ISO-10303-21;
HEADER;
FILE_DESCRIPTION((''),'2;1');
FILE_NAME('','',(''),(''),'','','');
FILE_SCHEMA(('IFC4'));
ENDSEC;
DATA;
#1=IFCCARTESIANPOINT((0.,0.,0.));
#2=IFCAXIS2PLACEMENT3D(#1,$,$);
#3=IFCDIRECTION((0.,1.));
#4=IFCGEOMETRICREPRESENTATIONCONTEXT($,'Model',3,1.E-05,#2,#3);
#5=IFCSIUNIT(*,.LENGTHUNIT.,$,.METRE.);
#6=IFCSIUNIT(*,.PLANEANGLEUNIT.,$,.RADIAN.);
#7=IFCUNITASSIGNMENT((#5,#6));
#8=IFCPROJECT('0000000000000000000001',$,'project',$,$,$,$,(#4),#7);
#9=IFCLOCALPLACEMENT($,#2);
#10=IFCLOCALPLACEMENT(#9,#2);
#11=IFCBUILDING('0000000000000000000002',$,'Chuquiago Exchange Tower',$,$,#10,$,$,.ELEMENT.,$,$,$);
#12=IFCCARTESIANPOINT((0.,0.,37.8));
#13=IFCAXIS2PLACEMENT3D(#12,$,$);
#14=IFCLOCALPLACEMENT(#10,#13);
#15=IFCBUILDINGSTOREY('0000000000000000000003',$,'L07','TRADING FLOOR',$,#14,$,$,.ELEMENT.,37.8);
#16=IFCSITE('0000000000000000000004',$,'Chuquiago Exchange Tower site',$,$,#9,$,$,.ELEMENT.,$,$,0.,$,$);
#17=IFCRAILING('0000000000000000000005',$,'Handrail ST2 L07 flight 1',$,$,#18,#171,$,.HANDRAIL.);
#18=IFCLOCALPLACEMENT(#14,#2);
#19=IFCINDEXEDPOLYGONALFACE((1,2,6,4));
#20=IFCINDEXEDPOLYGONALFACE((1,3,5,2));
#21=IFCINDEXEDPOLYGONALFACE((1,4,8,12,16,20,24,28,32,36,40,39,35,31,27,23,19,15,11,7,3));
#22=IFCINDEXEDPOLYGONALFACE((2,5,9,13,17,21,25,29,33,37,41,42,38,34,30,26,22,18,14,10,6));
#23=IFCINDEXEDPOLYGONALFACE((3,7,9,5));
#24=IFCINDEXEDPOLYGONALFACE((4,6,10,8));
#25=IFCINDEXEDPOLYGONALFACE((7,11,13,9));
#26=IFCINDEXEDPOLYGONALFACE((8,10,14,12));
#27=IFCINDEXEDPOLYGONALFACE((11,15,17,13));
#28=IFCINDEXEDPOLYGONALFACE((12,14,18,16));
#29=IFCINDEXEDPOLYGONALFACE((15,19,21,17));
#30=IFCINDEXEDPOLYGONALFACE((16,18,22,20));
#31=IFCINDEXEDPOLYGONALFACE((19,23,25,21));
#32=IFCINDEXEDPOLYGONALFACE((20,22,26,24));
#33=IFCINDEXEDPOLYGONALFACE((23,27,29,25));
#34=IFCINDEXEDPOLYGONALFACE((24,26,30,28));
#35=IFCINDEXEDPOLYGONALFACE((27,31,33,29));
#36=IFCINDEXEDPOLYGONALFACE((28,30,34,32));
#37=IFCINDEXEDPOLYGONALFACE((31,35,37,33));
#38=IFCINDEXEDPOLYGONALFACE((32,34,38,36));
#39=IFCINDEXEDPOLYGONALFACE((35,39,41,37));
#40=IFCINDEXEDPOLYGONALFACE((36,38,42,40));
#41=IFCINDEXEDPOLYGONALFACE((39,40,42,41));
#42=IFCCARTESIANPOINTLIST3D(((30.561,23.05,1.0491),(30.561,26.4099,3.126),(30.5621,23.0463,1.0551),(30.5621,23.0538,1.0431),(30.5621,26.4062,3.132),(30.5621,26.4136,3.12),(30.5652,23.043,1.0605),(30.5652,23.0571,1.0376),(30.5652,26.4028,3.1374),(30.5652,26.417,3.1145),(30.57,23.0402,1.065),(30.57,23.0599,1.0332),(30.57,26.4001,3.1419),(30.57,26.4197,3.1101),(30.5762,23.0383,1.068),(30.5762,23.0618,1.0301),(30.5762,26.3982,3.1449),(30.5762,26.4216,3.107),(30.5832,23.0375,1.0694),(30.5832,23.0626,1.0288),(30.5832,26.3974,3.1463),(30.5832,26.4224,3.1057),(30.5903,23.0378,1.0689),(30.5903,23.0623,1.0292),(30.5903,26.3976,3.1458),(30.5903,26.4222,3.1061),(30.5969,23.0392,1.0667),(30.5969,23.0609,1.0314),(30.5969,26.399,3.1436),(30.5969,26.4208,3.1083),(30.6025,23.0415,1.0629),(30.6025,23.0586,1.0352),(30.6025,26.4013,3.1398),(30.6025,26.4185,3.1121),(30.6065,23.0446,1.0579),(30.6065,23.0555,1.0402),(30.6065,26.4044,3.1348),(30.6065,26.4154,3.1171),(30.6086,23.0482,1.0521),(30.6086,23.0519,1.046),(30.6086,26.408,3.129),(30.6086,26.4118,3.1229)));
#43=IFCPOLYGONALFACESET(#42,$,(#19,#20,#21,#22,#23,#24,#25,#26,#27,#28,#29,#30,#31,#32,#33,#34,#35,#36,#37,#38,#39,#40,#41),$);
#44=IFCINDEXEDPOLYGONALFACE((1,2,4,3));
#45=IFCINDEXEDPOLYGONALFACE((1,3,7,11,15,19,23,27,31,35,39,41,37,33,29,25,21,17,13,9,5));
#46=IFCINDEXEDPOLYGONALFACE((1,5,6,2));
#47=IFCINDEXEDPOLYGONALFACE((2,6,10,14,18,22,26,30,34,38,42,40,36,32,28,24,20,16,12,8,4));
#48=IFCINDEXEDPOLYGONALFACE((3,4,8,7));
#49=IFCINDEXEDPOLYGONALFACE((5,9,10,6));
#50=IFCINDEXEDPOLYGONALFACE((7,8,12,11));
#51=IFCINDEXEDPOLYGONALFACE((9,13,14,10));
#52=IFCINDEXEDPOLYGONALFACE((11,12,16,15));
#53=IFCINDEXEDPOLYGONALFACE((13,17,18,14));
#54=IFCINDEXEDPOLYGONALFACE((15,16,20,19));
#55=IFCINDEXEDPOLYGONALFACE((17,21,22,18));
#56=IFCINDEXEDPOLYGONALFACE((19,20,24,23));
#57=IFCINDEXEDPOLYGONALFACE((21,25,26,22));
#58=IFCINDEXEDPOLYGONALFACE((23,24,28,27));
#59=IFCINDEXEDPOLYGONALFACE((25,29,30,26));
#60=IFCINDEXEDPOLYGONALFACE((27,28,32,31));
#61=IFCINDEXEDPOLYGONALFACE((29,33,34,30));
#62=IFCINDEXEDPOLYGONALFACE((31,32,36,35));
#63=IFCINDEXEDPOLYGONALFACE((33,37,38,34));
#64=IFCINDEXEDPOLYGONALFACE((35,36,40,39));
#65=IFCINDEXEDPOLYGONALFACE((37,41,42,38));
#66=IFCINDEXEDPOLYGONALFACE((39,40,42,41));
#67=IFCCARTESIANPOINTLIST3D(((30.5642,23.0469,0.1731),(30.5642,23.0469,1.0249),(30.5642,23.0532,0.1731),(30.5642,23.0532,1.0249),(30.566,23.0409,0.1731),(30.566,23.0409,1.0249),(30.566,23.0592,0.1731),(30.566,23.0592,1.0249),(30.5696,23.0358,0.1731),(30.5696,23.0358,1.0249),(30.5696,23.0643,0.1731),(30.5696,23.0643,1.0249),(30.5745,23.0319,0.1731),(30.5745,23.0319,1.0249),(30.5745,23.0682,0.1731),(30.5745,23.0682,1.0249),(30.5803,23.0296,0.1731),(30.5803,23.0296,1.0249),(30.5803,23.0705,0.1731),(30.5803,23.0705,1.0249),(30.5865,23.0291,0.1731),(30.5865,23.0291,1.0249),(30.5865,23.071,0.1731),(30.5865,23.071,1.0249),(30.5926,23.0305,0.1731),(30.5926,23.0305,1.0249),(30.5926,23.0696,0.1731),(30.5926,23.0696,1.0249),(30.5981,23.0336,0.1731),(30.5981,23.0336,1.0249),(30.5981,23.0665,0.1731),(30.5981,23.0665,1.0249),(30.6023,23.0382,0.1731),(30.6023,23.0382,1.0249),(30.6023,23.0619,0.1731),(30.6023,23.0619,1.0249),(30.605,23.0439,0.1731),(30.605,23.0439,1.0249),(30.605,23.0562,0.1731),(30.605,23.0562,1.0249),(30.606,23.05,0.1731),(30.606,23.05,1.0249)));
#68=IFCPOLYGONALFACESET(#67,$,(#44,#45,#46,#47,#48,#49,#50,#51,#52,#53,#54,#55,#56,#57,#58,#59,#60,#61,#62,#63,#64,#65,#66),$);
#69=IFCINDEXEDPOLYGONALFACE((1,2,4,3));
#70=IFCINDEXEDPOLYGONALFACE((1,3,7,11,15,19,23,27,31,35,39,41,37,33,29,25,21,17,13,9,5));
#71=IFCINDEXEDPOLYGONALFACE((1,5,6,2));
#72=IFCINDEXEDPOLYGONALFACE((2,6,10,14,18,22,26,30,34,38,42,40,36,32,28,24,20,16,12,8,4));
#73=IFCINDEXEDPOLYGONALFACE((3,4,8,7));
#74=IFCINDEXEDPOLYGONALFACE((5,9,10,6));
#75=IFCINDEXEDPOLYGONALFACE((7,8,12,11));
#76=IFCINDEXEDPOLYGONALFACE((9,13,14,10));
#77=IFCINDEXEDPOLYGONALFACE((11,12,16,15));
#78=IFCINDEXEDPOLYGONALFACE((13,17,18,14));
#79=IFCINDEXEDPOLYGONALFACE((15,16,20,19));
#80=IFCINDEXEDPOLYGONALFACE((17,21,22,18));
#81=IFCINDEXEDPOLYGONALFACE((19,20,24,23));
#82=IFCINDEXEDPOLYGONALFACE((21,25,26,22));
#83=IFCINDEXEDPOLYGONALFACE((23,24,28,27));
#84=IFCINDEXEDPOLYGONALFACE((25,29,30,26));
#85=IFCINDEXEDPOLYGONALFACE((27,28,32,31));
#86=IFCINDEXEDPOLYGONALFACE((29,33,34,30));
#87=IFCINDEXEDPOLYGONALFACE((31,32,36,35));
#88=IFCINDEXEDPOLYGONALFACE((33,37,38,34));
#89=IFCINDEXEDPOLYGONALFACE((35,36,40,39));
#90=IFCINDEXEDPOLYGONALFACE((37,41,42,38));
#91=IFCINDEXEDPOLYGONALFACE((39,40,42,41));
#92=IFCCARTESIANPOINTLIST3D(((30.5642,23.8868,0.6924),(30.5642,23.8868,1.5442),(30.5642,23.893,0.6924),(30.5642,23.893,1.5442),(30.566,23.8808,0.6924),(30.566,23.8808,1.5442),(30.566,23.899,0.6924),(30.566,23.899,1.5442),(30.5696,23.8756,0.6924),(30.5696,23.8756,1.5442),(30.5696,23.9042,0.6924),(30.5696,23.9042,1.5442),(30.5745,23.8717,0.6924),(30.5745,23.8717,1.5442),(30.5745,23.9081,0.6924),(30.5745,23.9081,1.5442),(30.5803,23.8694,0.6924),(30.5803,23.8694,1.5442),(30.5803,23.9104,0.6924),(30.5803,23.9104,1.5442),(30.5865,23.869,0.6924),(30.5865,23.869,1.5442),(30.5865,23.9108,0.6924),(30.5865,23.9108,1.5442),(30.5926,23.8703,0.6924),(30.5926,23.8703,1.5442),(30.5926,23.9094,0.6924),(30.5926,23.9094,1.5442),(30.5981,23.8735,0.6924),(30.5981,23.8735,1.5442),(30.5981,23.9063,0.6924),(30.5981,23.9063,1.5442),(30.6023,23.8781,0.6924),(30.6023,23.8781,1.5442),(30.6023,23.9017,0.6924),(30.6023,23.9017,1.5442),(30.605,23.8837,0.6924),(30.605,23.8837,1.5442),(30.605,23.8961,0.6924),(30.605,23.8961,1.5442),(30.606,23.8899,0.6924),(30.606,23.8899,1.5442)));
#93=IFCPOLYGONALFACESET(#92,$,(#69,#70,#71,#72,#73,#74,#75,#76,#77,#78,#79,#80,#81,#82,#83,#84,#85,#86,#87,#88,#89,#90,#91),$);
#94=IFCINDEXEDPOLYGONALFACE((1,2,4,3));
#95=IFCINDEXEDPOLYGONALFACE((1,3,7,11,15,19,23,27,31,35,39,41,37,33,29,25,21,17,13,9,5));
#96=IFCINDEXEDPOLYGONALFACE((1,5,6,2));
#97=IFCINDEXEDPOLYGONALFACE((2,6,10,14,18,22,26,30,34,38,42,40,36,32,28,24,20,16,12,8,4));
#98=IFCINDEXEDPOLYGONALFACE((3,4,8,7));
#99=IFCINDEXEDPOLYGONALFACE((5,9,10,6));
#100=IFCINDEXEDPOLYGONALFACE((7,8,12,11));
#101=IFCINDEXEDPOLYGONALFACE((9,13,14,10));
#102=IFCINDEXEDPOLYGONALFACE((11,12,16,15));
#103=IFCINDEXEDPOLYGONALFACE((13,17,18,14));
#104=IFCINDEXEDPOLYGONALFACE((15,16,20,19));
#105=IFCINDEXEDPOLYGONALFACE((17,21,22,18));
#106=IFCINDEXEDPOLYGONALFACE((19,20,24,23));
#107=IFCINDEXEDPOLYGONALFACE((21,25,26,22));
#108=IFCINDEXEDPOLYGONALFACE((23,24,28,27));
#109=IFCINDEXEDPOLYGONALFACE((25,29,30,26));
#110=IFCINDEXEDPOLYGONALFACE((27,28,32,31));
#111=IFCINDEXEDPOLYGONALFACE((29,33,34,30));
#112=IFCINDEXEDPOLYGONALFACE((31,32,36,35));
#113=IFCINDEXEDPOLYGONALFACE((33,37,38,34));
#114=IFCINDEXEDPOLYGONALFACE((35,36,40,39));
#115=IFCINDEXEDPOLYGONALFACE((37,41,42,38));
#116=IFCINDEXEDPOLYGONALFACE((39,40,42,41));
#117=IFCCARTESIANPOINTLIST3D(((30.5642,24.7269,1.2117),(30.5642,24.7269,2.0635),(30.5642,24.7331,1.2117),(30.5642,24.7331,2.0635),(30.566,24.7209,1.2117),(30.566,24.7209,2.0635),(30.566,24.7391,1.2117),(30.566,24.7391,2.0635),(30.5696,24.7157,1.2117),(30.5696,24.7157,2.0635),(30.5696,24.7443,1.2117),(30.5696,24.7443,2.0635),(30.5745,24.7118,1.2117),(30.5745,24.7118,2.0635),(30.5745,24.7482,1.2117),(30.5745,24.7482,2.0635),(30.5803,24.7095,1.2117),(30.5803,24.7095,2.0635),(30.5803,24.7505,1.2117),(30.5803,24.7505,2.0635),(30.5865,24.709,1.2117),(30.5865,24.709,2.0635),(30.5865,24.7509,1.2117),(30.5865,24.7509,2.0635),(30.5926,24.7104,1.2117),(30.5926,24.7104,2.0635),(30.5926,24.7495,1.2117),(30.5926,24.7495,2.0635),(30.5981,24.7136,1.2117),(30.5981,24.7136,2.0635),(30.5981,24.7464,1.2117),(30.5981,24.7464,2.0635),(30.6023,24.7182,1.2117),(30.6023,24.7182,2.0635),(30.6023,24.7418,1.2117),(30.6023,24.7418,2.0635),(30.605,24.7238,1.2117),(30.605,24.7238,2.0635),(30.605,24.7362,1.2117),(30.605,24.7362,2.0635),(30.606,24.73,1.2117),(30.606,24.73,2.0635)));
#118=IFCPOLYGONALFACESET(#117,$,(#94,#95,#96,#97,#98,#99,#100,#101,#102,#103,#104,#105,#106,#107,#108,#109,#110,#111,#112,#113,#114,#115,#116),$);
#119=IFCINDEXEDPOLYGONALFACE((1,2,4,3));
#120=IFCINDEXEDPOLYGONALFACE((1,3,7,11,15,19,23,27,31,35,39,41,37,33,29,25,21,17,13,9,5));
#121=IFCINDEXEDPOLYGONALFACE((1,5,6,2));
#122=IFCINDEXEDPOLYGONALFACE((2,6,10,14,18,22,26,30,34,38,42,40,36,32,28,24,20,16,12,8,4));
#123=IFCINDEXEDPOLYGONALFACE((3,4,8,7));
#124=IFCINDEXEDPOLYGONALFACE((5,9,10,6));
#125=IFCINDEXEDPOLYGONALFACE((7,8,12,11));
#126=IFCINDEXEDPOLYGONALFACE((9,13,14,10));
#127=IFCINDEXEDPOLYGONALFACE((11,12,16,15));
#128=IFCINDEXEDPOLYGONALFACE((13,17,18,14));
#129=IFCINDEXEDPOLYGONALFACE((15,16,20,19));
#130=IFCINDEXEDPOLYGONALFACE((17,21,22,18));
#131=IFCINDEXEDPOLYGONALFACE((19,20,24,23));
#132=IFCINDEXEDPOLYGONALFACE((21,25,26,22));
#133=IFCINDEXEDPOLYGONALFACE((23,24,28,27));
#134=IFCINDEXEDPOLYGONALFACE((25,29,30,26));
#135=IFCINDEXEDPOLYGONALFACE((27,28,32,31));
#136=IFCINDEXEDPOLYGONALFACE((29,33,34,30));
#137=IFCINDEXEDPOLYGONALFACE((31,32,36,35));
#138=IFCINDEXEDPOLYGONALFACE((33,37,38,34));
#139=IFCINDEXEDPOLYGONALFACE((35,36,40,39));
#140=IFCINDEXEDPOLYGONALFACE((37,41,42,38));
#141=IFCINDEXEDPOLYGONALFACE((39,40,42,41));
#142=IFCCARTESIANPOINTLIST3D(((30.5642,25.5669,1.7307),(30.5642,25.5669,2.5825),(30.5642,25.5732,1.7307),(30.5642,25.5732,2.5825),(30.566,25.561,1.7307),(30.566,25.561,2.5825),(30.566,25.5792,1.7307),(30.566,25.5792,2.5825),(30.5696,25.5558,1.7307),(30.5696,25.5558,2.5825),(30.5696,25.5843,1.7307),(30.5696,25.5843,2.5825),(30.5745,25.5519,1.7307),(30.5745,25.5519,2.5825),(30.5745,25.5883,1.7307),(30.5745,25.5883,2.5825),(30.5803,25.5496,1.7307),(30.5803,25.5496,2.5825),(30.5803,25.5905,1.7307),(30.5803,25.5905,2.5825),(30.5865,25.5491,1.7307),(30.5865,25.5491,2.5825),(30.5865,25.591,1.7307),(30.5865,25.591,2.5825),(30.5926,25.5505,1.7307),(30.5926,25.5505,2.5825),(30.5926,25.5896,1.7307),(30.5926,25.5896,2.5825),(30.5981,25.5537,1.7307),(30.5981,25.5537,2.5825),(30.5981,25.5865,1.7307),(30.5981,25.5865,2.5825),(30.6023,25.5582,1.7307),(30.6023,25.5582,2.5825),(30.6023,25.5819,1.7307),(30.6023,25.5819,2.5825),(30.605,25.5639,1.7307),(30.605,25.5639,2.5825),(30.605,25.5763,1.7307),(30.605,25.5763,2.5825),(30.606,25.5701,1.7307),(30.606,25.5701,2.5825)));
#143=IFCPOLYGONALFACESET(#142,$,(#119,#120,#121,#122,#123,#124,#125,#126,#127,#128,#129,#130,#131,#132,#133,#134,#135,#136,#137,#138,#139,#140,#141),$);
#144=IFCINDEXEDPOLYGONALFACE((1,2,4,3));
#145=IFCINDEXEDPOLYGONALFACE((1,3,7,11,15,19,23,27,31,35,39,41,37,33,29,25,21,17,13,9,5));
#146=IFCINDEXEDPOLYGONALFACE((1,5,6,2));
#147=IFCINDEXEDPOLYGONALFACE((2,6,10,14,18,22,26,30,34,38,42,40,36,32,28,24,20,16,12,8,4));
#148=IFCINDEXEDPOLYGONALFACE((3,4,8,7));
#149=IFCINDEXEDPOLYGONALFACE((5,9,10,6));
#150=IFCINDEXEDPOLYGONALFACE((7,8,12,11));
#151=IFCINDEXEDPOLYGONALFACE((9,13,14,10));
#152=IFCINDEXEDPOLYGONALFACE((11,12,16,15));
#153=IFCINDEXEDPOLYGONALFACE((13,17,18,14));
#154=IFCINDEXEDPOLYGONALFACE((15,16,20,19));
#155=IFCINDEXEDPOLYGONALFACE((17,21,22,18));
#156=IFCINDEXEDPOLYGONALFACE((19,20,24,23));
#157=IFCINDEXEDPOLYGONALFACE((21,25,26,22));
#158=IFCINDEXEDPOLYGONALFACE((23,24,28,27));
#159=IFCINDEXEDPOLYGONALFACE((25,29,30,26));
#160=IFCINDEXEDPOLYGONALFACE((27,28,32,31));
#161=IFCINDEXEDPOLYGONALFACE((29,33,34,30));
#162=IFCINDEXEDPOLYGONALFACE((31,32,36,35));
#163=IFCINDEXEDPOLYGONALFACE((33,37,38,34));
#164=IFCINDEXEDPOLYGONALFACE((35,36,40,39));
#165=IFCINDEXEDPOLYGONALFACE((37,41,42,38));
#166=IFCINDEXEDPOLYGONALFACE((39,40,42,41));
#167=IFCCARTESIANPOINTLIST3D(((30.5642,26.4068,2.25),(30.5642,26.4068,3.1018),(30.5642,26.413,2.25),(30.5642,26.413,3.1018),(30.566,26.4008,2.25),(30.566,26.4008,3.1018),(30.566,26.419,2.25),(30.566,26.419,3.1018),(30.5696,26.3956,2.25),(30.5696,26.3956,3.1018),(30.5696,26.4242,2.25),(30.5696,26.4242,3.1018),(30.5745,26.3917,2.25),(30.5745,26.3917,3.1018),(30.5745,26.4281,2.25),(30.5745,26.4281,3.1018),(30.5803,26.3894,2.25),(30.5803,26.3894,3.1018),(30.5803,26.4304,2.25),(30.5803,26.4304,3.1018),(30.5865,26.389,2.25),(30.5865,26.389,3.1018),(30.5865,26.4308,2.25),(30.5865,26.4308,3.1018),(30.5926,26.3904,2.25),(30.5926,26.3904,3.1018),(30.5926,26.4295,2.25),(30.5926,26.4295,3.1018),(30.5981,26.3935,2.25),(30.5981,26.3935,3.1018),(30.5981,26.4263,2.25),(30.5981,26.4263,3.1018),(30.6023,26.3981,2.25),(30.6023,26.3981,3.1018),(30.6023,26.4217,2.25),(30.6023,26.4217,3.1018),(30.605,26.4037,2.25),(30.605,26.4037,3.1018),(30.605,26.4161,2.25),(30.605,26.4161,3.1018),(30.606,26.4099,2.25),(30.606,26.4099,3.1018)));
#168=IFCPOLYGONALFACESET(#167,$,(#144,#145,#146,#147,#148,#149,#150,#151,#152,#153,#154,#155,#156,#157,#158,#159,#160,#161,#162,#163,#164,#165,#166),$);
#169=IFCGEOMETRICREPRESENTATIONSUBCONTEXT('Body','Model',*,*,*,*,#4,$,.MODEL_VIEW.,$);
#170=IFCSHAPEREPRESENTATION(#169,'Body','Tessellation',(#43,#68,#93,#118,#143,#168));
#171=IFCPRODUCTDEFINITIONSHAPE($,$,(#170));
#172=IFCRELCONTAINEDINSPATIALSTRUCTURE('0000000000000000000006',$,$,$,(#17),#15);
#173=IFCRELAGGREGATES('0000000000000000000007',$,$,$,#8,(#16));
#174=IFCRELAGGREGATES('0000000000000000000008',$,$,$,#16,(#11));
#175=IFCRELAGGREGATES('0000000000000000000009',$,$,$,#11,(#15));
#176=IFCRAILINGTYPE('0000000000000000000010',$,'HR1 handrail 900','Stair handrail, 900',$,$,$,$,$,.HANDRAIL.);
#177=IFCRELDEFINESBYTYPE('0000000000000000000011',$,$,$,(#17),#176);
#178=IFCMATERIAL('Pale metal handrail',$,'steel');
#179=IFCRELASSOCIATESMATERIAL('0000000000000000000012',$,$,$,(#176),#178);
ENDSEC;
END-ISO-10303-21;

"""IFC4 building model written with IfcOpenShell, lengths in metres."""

from ifc_helpers import new_model, si_unit, direction, frame, origin, origin_2d, place, context, subcontext, project, spatial, circle, extrude, material, type_object, element, save


model = new_model("IFC4")

# Units and contexts
model_context = context("Model", 3, precision=1e-05, world=origin(), true_north=direction((0.0, 1.0)))
body_context = subcontext(model_context, "Body", "Model", "MODEL_VIEW")
ifc_project = project(units=[si_unit("LENGTHUNIT", "METRE"), si_unit("PLANEANGLEUNIT", "RADIAN")], contexts=[model_context])

# Site, building, storey
site_placement = place(None, origin())
site = spatial("IfcSite", under=ifc_project, at=site_placement, Name="Chuquiago Exchange Tower site", CompositionType="ELEMENT", RefElevation=0.0)
building_placement = place(site_placement, origin())
building = spatial("IfcBuilding", under=site, at=building_placement, Name="Chuquiago Exchange Tower", CompositionType="ELEMENT")
storey_placement = place(building_placement, frame((0.0, 0.0, 37.8)))
storey = spatial("IfcBuildingStorey", under=building, at=storey_placement, Name="L07", Description="TRADING FLOOR", CompositionType="ELEMENT", Elevation=37.8)

# Railing
ifc_material_1 = material(Name="Pale metal handrail", Category="steel")
railing_type_1 = type_object("IfcRailingType", Name="HR1 handrail 900", Description="Stair handrail, 900", PredefinedType="HANDRAIL", material=ifc_material_1)
for number, where, name in (
    (1, (30.585, 23.05, 0.1731), "Handrail ST2 L07 flight 1"),
):
    element("IfcRailing", number, at=place(storey_placement, frame(where)), inside=storey, type_object=railing_type_1, Name=name, PredefinedType="HANDRAIL", context=body_context, shape_type="SweptSolid", body=[
        extrude(circle(Radius=0.0239, at=origin_2d()), frame((0.0, 0.0, 0.876), z_axis=(0.0, 0.850606, 0.525803), x_axis=(-1.0, 0.0, 0.0)), (0.0, 0.0, 1.0), 3.95),
        extrude(circle(Radius=0.021, at=origin_2d()), origin(), (0.0, 0.0, 1.0), 0.8518),
        extrude(circle(Radius=0.021, at=origin_2d()), frame((0.0, 0.8398, 0.5193)), (0.0, 0.0, 1.0), 0.8518),
        extrude(circle(Radius=0.021, at=origin_2d()), frame((0.0, 1.6799, 1.0386)), (0.0, 0.0, 1.0), 0.8518),
        extrude(circle(Radius=0.021, at=origin_2d()), frame((0.0, 2.52, 1.5576)), (0.0, 0.0, 1.0), 0.8518),
        extrude(circle(Radius=0.021, at=origin_2d()), frame((0.0, 3.3599, 2.0769)), (0.0, 0.0, 1.0), 0.8518),
    ])

save(model, "model.ifc")
